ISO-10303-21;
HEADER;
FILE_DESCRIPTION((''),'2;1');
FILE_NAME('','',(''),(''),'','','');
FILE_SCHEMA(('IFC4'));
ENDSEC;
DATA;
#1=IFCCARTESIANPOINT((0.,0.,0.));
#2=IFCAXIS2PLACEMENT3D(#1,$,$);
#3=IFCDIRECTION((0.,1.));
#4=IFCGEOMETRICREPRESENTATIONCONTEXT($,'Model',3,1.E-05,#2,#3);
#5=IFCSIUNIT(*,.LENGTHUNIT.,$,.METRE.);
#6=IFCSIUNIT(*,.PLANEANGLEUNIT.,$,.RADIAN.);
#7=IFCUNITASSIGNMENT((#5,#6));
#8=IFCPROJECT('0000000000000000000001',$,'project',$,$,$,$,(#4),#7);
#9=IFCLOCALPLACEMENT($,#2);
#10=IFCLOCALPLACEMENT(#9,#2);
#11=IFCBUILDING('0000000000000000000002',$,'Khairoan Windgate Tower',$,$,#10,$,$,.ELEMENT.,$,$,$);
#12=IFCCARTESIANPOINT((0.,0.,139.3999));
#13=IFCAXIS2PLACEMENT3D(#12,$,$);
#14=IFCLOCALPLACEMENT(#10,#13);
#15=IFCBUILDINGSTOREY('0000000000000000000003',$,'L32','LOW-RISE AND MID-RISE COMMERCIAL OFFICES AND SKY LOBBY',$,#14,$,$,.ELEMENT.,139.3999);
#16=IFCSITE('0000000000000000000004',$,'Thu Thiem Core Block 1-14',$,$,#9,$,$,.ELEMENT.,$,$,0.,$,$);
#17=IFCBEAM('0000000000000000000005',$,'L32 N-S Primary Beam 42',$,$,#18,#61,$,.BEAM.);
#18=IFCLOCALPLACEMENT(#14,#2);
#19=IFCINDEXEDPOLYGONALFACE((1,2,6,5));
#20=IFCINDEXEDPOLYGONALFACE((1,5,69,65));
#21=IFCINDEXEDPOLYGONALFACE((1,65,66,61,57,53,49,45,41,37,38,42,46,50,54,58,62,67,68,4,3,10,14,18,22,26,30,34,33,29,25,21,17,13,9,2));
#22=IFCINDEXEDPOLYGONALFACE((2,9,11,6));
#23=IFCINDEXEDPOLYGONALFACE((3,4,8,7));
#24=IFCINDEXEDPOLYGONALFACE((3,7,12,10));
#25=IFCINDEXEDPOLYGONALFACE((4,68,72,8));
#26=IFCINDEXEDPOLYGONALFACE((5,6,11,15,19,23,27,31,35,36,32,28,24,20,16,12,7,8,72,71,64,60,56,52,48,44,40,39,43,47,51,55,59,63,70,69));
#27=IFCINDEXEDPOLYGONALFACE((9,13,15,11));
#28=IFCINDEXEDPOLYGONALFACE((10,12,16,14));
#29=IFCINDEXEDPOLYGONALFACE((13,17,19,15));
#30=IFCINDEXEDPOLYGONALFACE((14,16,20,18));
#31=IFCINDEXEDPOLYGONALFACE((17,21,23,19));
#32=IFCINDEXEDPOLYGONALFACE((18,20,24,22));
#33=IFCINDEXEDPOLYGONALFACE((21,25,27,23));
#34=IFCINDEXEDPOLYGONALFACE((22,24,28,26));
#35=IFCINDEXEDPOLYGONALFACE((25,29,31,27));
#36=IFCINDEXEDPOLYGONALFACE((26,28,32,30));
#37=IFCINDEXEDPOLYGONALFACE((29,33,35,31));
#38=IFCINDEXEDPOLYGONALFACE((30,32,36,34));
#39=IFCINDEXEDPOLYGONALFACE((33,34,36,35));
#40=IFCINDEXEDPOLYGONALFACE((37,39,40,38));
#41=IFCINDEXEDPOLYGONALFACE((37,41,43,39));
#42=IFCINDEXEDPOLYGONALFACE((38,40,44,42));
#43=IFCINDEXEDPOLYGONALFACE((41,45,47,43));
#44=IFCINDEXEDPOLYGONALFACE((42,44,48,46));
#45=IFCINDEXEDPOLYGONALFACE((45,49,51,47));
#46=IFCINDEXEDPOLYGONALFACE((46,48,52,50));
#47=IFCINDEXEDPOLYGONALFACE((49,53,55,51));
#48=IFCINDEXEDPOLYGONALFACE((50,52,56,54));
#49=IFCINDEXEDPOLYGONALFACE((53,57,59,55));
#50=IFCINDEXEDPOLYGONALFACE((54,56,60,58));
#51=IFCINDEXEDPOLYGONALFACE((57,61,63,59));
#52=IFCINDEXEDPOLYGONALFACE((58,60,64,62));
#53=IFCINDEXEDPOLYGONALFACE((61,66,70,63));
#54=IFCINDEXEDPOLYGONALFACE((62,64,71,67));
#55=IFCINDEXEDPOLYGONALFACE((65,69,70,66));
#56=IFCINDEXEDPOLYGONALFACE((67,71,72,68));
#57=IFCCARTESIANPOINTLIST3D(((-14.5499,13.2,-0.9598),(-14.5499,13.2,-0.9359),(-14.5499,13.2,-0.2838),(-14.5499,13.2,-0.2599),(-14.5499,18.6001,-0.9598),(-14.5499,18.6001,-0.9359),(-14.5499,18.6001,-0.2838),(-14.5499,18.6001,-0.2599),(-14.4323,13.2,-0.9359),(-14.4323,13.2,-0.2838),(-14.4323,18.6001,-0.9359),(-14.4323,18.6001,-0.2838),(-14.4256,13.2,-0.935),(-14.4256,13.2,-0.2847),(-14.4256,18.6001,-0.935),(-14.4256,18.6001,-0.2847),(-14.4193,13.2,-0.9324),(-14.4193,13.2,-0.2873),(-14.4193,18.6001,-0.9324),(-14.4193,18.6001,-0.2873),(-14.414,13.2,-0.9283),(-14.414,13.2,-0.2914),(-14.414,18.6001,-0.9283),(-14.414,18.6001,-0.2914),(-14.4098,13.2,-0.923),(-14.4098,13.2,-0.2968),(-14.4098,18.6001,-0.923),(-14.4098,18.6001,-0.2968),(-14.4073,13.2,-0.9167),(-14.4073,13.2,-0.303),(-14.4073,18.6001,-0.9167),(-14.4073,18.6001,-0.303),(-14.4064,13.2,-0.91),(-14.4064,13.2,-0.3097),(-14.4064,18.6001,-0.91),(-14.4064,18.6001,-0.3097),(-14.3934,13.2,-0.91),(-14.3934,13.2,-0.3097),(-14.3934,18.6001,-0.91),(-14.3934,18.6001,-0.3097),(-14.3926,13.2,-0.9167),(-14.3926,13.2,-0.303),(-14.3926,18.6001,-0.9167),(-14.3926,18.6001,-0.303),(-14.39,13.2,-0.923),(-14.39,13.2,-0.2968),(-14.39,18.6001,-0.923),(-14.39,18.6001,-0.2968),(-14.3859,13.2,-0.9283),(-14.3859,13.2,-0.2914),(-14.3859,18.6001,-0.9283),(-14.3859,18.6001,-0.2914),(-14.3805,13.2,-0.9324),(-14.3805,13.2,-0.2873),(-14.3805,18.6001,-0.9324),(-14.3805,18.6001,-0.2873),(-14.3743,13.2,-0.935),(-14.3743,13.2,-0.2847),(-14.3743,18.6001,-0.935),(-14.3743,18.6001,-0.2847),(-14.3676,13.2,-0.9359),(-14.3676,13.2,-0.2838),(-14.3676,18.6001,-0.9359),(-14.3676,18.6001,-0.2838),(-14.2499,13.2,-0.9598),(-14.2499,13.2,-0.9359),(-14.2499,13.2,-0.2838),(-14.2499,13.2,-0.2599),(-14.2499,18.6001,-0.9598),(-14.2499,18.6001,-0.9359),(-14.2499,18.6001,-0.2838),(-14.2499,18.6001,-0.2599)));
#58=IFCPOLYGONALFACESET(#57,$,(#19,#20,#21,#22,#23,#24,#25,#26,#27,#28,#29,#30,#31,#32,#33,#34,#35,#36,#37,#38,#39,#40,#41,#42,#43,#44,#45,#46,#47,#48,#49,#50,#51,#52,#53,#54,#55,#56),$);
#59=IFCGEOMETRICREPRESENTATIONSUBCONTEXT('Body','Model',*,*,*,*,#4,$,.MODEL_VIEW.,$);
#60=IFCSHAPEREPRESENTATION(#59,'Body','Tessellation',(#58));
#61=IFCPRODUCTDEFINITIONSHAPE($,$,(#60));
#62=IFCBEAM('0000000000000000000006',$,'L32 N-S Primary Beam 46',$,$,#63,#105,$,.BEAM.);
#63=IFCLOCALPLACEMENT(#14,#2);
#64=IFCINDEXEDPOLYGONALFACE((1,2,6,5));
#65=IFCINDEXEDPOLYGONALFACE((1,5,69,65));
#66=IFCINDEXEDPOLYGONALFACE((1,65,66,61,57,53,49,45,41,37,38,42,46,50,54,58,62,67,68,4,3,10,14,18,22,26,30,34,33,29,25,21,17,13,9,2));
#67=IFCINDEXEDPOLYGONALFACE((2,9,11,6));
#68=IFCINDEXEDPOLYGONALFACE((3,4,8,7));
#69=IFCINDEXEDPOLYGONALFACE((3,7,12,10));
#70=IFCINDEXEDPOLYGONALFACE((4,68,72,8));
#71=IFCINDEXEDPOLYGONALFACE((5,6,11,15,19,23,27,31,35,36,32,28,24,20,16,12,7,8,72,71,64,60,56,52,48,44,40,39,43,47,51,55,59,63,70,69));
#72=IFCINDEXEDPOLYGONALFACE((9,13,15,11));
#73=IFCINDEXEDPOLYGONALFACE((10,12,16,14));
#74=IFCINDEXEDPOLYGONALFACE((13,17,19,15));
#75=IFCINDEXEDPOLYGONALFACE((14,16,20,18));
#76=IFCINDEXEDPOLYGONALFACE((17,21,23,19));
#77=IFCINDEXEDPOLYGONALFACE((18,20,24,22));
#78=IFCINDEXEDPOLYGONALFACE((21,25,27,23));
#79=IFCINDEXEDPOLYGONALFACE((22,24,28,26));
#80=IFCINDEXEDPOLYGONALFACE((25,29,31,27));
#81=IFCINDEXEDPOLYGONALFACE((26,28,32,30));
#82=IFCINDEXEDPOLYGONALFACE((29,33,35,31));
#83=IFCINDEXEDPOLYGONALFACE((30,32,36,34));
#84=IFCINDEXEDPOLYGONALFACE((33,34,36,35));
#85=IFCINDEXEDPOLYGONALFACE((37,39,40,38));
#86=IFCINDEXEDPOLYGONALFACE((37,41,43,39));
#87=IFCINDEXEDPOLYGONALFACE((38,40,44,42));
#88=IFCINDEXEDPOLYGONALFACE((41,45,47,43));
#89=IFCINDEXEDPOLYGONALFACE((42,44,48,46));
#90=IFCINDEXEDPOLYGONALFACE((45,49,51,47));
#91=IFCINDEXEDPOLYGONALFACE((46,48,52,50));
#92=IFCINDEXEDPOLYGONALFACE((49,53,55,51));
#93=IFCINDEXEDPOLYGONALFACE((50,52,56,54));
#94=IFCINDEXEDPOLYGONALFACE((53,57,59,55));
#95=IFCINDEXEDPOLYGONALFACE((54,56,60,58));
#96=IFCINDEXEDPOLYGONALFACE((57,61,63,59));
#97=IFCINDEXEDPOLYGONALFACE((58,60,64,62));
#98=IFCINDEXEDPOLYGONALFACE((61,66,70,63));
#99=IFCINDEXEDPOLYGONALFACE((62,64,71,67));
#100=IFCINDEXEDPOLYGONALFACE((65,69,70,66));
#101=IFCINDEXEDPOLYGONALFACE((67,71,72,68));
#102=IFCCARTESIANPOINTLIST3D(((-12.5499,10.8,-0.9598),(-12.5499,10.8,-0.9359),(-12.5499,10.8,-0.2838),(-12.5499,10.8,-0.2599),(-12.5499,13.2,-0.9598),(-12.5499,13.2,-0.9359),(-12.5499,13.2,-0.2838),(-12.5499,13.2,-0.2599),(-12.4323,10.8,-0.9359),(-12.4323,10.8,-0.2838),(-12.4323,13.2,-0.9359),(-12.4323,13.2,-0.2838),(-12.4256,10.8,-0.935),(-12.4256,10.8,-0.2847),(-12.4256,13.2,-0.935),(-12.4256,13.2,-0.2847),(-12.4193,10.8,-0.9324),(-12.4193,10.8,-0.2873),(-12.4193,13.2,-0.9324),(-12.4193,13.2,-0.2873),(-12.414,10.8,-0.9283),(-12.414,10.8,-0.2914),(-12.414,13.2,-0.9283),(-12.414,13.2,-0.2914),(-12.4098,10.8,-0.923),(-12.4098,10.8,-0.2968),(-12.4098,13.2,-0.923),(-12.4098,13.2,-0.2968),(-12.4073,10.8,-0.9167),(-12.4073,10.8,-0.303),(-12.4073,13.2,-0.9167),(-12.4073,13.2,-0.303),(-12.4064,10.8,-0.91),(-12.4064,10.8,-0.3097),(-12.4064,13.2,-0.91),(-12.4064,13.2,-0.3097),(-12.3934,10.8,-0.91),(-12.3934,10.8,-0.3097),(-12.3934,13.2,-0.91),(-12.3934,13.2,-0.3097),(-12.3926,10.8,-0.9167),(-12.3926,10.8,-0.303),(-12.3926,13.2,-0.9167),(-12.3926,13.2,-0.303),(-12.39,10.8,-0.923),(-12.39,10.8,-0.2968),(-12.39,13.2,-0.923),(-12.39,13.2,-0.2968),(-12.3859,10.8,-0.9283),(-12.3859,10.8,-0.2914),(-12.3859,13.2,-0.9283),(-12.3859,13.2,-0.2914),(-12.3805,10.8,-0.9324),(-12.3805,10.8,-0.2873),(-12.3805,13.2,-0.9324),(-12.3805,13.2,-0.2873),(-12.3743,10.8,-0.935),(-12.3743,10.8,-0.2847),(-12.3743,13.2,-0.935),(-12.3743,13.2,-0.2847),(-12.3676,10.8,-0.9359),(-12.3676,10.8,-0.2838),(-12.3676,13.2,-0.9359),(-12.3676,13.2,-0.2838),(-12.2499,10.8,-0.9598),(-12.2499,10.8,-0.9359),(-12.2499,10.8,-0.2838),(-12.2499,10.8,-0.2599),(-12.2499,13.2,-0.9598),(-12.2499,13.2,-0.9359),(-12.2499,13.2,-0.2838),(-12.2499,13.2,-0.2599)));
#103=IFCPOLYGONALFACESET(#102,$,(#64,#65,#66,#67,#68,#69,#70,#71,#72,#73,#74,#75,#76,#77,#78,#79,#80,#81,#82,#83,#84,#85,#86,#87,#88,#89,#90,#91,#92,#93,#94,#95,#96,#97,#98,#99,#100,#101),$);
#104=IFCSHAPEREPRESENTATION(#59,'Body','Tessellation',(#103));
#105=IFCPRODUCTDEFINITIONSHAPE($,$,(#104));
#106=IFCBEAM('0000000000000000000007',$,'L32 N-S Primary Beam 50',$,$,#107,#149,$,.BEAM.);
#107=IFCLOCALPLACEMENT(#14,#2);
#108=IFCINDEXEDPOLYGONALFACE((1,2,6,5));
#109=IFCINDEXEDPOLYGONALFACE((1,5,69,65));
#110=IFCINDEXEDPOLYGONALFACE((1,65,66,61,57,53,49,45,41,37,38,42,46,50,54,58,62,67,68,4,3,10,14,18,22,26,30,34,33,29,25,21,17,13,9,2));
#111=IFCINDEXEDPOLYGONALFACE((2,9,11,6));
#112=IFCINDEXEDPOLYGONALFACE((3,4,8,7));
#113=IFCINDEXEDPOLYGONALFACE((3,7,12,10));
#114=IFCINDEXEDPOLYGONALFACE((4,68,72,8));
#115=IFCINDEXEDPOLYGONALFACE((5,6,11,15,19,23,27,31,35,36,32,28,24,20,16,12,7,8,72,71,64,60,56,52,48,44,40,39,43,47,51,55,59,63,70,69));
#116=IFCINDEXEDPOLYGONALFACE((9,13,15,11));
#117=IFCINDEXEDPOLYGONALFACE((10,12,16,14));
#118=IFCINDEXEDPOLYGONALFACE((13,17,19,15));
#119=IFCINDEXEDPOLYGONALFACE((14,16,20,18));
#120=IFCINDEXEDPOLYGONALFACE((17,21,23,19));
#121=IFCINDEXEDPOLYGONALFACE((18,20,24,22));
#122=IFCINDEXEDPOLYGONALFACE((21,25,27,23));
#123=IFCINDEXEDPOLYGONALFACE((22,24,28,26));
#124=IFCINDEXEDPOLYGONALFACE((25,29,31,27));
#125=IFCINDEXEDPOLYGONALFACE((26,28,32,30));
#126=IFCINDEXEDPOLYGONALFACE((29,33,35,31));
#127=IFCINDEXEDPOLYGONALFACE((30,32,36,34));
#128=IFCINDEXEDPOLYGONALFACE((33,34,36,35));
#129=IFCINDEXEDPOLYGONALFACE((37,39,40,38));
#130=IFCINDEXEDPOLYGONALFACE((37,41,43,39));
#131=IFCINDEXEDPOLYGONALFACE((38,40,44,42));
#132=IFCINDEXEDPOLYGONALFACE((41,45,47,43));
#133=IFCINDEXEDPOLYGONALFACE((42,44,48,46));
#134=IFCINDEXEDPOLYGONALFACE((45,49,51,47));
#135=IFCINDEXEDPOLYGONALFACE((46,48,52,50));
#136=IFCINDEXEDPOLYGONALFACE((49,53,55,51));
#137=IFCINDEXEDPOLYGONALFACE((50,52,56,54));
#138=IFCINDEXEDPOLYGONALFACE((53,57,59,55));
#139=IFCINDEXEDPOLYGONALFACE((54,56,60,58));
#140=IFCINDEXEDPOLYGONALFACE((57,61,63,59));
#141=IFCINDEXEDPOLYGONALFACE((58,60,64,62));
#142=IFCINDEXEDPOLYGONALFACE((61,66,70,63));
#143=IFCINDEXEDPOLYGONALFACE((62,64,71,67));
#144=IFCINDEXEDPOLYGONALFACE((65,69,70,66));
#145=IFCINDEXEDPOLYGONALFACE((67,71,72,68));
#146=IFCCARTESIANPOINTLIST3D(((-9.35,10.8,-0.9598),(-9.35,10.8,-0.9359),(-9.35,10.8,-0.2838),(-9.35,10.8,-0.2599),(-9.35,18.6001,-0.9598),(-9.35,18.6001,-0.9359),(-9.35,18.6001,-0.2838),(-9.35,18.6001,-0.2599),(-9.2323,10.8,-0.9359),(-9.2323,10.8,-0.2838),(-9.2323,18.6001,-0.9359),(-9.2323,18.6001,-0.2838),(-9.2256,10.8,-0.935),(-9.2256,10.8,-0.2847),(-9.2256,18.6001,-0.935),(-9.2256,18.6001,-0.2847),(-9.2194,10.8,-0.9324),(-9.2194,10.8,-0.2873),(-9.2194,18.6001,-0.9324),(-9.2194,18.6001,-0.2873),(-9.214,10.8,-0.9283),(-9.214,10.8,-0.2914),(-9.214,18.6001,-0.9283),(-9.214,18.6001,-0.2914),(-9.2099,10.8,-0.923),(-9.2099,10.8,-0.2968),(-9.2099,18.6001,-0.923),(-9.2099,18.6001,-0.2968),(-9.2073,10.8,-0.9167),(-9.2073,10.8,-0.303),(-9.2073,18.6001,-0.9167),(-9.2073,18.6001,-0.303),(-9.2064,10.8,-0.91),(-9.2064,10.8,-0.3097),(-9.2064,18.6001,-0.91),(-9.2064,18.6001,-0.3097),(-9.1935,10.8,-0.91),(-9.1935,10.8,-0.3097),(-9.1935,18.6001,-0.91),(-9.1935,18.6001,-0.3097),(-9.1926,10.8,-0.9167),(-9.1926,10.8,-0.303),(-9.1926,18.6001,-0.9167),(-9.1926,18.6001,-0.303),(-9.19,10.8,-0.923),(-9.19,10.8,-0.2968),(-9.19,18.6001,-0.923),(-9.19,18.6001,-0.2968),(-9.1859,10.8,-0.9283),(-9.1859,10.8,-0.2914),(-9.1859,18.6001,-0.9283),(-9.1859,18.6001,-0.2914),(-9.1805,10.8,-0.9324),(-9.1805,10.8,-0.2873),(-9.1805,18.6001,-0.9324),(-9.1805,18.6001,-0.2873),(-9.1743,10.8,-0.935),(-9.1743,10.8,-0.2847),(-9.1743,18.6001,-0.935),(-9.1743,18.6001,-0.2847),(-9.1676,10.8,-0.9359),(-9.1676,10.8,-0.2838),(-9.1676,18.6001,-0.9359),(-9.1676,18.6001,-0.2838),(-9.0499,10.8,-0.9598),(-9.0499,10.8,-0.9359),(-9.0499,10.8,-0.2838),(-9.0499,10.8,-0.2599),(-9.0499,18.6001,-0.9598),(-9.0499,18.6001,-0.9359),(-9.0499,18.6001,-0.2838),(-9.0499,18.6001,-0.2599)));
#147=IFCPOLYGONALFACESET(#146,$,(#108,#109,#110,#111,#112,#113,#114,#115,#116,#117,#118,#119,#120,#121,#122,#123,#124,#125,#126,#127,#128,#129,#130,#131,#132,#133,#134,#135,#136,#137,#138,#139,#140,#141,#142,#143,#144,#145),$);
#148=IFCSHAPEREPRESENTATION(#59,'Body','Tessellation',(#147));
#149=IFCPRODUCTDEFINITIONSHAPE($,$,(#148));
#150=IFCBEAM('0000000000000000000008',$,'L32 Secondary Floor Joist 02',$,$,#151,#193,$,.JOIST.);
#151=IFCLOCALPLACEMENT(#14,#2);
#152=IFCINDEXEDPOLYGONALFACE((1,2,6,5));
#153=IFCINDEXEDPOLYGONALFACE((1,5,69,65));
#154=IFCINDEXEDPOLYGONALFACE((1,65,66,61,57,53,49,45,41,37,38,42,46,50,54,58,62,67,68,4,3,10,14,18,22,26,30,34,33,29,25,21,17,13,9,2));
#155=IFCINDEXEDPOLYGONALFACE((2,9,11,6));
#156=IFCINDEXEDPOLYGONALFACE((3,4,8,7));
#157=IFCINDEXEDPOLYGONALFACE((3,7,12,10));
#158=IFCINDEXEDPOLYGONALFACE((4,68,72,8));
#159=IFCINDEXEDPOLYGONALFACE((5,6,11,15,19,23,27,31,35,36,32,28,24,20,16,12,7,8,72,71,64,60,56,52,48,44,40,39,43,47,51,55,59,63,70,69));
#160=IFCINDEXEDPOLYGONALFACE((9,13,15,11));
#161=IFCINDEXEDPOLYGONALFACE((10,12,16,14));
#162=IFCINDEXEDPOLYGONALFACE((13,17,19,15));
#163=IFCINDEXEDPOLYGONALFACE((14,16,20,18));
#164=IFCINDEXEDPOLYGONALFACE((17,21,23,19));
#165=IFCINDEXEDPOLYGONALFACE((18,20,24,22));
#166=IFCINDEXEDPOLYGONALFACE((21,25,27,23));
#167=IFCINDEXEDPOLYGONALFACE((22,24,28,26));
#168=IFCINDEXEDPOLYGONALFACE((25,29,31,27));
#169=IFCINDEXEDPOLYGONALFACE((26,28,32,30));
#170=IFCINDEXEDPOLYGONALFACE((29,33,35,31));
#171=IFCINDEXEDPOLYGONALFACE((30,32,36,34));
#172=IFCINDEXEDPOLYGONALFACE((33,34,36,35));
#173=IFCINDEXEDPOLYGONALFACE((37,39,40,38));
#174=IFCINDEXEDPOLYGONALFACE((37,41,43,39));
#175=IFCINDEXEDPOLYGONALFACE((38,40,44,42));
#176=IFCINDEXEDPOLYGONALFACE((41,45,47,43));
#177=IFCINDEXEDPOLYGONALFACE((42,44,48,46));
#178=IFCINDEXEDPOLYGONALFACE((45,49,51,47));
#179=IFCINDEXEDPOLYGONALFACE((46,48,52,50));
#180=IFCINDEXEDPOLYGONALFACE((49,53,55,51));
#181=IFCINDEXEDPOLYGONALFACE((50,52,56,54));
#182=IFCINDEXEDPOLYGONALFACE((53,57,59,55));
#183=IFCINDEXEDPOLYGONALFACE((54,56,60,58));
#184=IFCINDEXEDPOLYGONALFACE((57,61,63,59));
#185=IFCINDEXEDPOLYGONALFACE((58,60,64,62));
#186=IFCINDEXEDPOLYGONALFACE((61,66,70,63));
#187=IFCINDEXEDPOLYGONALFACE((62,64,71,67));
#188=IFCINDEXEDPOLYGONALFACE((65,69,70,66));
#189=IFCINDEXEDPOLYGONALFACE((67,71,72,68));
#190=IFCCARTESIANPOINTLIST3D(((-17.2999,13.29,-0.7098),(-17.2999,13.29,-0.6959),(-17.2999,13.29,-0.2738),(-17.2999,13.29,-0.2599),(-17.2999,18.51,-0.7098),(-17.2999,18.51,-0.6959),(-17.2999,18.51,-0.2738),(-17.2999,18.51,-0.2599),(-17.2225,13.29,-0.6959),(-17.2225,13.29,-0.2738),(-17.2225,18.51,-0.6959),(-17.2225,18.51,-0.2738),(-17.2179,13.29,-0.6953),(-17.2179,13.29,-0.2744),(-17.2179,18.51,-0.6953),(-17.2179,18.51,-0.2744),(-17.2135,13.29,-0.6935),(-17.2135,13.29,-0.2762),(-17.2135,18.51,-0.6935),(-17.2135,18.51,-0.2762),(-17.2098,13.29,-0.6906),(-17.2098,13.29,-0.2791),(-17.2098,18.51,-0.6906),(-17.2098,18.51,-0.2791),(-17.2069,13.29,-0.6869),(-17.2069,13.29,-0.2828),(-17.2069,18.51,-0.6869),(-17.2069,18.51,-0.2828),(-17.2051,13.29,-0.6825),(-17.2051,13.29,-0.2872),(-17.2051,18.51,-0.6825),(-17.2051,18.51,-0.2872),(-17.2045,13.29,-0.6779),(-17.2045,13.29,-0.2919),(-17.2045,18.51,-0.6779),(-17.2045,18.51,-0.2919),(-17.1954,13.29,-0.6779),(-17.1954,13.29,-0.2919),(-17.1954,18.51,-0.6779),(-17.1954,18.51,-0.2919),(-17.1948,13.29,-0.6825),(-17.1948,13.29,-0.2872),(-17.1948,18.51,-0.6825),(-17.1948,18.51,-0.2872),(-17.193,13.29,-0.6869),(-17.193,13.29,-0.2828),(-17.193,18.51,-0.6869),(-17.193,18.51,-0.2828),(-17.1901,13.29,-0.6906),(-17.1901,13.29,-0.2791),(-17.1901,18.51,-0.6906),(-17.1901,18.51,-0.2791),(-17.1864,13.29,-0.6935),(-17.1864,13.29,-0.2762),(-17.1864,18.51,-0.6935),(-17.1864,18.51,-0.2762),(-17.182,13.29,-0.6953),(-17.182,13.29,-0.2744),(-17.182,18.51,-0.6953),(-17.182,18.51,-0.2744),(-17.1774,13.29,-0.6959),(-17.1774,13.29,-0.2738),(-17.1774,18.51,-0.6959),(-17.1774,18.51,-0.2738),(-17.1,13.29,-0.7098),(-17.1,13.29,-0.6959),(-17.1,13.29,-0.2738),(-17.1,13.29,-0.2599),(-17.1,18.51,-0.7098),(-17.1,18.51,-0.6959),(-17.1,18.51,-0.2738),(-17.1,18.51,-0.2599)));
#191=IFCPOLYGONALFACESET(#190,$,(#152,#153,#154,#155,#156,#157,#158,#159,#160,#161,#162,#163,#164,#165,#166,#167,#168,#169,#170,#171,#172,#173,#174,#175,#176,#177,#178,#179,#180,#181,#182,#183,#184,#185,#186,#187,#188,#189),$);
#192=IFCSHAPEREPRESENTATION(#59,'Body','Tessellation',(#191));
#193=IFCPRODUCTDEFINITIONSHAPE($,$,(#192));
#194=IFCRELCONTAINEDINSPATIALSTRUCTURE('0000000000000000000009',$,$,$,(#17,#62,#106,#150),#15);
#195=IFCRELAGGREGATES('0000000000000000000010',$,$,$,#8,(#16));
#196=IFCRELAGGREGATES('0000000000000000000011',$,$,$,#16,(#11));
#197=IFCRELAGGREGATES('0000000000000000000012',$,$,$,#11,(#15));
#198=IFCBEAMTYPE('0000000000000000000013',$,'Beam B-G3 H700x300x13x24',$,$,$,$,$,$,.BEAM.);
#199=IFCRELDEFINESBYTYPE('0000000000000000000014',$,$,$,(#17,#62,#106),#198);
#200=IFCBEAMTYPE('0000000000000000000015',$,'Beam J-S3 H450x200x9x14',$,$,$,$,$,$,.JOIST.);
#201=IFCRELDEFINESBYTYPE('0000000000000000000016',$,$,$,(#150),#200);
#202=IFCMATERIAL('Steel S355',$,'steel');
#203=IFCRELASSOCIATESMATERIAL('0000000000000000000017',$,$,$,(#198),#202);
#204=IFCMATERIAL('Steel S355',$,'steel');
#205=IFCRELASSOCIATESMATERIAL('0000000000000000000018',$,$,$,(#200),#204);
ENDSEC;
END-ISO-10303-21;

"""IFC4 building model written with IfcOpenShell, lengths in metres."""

from ifc_helpers import new_model, si_unit, direction, frame, origin, origin_2d, place, context, subcontext, project, spatial, i_section, extrude, material, material_profile, profile_set, type_object, element, save


model = new_model("IFC4")

# Units and contexts
model_context = context("Model", 3, precision=1e-05, world=origin(), true_north=direction((0.0, 1.0)))
body_context = subcontext(model_context, "Body", "Model", "MODEL_VIEW")
ifc_project = project(units=[si_unit("LENGTHUNIT", "METRE"), si_unit("PLANEANGLEUNIT", "RADIAN")], contexts=[model_context])

# Site, building, storey
site_placement = place(None, origin())
site = spatial("IfcSite", under=ifc_project, at=site_placement, Name="Thu Thiem Core Block 1-14", CompositionType="ELEMENT", RefElevation=0.0)
building_placement = place(site_placement, origin())
building = spatial("IfcBuilding", under=site, at=building_placement, Name="Khairoan Windgate Tower", CompositionType="ELEMENT")
storey_placement = place(building_placement, frame((0.0, 0.0, 139.3999)))
storey = spatial("IfcBuildingStorey", under=building, at=storey_placement, Name="L32", Description="LOW-RISE AND MID-RISE COMMERCIAL OFFICES AND SKY LOBBY", CompositionType="ELEMENT", Elevation=139.3999)

# Beams
ifc_material_1 = material(Name="Steel S355", Category="steel")
ifc_material_profile_1 = material_profile(ifc_material_1, i_section(OverallWidth=0.3, OverallDepth=0.7, WebThickness=0.0129, FlangeThickness=0.0239, FilletRadius=0.0259, at=origin_2d()))
ifc_profile_set_1 = profile_set([ifc_material_profile_1], Name="Steel S355")
beam_type_1 = type_object("IfcBeamType", Name="Beam B-G3 H700x300x13x24", PredefinedType="BEAM", material=ifc_profile_set_1)
beam_1_placement = place(storey_placement, frame((-14.3999, 13.2, -0.6099), z_axis=(0.0, 1.0, 0.0), x_axis=(-1.0, 0.0, 0.0)))
element("IfcBeam", 1, at=beam_1_placement, inside=storey, type_object=beam_type_1, Name="L32 N-S Primary Beam 42", PredefinedType="BEAM", context=body_context, shape_type="SweptSolid", body=[
    extrude(i_section(OverallWidth=0.3, OverallDepth=0.7, WebThickness=0.0129, FlangeThickness=0.0239, FilletRadius=0.0259, at=origin_2d()), origin(), (0.0, 0.0, 1.0), 5.4001),
])
beam_2_placement = place(storey_placement, frame((-12.3999, 10.8, -0.6099), z_axis=(0.0, 1.0, 0.0), x_axis=(-1.0, 0.0, 0.0)))
element("IfcBeam", 2, at=beam_2_placement, inside=storey, type_object=beam_type_1, Name="L32 N-S Primary Beam 46", PredefinedType="BEAM", context=body_context, shape_type="SweptSolid", body=[
    extrude(i_section(OverallWidth=0.3, OverallDepth=0.7, WebThickness=0.0129, FlangeThickness=0.0239, FilletRadius=0.0259, at=origin_2d()), origin(), (0.0, 0.0, 1.0), 2.3999),
])
beam_3_placement = place(storey_placement, frame((-9.2, 10.8, -0.6099), z_axis=(0.0, 1.0, 0.0), x_axis=(-1.0, 0.0, 0.0)))
element("IfcBeam", 3, at=beam_3_placement, inside=storey, type_object=beam_type_1, Name="L32 N-S Primary Beam 50", PredefinedType="BEAM", context=body_context, shape_type="SweptSolid", body=[
    extrude(i_section(OverallWidth=0.3, OverallDepth=0.7, WebThickness=0.0129, FlangeThickness=0.0239, FilletRadius=0.0259, at=origin_2d()), origin(), (0.0, 0.0, 1.0), 7.8),
])
ifc_material_2 = material(Name="Steel S355", Category="steel")
ifc_material_profile_2 = material_profile(ifc_material_2, i_section(OverallWidth=0.2, OverallDepth=0.45, WebThickness=0.009, FlangeThickness=0.0139, FilletRadius=0.0181, at=origin_2d()))
ifc_profile_set_2 = profile_set([ifc_material_profile_2], Name="Steel S355")
beam_type_2 = type_object("IfcBeamType", Name="Beam J-S3 H450x200x9x14", PredefinedType="JOIST", material=ifc_profile_set_2)
beam_4_placement = place(storey_placement, frame((-17.2, 13.29, -0.4849), z_axis=(0.0, 1.0, 0.0), x_axis=(-1.0, 0.0, 0.0)))
element("IfcBeam", 4, at=beam_4_placement, inside=storey, type_object=beam_type_2, Name="L32 Secondary Floor Joist 02", PredefinedType="JOIST", context=body_context, shape_type="SweptSolid", body=[
    extrude(i_section(OverallWidth=0.2, OverallDepth=0.45, WebThickness=0.009, FlangeThickness=0.0139, FilletRadius=0.0181, at=origin_2d()), origin(), (0.0, 0.0, 1.0), 5.22),
])

save(model, "model.ifc")
